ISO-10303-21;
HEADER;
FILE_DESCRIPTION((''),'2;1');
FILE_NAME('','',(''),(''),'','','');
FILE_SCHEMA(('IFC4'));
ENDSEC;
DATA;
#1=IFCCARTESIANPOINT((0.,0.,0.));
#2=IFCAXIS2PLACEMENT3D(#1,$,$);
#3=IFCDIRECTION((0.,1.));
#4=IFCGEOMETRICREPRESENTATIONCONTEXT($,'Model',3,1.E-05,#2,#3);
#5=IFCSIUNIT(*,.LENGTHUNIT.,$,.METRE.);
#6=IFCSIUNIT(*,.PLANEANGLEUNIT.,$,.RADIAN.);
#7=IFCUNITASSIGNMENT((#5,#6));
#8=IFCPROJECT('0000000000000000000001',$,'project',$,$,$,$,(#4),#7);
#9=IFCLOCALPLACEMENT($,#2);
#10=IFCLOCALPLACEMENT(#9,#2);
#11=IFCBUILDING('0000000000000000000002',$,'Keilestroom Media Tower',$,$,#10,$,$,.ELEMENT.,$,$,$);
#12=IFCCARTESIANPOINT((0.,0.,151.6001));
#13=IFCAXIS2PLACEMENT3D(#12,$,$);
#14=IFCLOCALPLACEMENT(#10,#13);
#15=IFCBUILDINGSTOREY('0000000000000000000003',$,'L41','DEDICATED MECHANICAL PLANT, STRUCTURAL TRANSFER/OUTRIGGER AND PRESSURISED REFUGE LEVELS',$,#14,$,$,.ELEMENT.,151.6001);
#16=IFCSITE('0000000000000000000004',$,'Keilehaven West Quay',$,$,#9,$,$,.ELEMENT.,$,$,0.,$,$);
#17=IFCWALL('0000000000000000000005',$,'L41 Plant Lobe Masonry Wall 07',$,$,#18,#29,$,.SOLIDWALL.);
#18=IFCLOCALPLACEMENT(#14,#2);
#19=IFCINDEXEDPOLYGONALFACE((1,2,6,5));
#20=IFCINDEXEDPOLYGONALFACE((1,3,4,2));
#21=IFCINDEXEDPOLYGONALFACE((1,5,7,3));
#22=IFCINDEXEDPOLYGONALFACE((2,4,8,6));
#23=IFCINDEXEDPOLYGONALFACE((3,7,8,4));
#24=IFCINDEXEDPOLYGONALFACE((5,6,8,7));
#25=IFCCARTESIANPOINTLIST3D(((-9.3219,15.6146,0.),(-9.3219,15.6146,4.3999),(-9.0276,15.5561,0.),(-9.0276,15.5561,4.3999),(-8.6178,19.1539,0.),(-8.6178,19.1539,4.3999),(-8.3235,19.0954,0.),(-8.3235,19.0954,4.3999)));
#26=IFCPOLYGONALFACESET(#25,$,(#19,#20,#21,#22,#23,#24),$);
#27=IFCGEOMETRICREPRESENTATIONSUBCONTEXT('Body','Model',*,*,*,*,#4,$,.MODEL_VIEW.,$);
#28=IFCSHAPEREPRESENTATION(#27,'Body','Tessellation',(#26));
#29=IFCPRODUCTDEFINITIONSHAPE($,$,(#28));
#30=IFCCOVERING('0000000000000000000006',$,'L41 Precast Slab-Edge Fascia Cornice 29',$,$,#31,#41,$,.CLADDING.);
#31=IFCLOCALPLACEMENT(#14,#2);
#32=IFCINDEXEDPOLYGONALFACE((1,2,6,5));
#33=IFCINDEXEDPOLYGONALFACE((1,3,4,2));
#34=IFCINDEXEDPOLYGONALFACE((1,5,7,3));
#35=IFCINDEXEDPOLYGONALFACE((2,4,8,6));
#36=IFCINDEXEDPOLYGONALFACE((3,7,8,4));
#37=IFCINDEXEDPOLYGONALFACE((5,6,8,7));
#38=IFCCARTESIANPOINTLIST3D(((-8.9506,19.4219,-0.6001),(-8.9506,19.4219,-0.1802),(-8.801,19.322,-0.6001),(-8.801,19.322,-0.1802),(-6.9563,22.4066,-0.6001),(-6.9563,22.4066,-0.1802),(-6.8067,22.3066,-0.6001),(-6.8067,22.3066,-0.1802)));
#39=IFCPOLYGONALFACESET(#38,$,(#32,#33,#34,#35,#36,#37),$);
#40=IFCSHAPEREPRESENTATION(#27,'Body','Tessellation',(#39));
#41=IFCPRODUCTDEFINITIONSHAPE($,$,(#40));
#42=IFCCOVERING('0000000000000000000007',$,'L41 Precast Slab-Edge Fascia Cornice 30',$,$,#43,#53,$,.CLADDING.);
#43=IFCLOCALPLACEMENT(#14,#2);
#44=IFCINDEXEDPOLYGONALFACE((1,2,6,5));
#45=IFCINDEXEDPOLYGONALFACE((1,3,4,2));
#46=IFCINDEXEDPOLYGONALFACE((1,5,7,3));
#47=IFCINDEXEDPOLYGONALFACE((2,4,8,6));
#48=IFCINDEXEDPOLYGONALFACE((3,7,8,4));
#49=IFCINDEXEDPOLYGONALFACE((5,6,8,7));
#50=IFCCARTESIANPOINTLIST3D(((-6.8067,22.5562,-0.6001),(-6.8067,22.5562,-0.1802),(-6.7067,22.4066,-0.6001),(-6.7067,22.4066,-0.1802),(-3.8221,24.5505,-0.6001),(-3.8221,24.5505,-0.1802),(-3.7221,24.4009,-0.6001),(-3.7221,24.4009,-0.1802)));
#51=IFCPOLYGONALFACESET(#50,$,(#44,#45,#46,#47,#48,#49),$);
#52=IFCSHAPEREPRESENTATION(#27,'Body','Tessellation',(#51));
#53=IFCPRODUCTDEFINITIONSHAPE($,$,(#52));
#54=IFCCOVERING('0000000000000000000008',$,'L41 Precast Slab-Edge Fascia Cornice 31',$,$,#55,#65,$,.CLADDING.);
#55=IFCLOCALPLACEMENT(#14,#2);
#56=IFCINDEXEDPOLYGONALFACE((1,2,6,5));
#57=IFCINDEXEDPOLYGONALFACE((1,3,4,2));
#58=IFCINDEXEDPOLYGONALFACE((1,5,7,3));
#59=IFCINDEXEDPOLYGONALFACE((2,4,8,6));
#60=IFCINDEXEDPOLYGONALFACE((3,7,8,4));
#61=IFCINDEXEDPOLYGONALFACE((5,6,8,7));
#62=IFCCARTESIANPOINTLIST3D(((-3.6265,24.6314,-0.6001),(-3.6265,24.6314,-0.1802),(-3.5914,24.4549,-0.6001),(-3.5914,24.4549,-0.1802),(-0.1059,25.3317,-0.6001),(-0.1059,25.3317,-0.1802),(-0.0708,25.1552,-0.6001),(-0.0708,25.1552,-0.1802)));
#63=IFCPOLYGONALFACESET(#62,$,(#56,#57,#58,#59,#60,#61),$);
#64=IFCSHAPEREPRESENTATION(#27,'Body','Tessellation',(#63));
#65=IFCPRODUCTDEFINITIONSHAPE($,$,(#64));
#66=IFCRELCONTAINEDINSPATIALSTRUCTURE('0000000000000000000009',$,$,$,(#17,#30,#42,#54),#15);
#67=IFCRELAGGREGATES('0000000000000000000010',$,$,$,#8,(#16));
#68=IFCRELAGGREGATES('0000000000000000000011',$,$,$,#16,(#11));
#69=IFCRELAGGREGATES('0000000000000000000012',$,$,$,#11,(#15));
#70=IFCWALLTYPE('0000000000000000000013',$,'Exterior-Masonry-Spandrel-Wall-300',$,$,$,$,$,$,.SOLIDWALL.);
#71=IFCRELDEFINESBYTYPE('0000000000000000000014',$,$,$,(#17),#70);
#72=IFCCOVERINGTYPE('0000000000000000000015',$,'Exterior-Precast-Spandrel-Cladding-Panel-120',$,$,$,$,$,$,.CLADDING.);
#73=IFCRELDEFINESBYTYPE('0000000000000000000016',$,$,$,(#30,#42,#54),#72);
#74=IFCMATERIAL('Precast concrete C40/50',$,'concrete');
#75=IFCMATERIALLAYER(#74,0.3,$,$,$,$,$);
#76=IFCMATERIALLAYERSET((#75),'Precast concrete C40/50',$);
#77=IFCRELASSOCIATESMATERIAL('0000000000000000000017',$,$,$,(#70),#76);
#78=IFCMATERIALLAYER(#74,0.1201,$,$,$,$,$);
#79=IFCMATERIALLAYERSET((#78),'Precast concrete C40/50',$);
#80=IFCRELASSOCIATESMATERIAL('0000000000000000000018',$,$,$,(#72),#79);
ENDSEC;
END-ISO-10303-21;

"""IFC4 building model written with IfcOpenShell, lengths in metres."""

from ifc_helpers import new_model, si_unit, direction, frame, frame_2d, origin, origin_2d, place, context, subcontext, project, spatial, rectangle, extrude, source, transform, mapped, material, layer, layer_set, type_object, element, save


model = new_model("IFC4")

# Units and contexts
model_context = context("Model", 3, precision=1e-05, world=origin(), true_north=direction((0.0, 1.0)))
body_context = subcontext(model_context, "Body", "Model", "MODEL_VIEW")
ifc_project = project(units=[si_unit("LENGTHUNIT", "METRE"), si_unit("PLANEANGLEUNIT", "RADIAN")], contexts=[model_context])

# Site, building, storey
site_placement = place(None, origin())
site = spatial("IfcSite", under=ifc_project, at=site_placement, Name="Keilehaven West Quay", CompositionType="ELEMENT", RefElevation=0.0)
building_placement = place(site_placement, origin())
building = spatial("IfcBuilding", under=site, at=building_placement, Name="Keilestroom Media Tower", CompositionType="ELEMENT")
storey_placement = place(building_placement, frame((0.0, 0.0, 151.6001)))
storey = spatial("IfcBuildingStorey", under=building, at=storey_placement, Name="L41", Description="DEDICATED MECHANICAL PLANT, STRUCTURAL TRANSFER/OUTRIGGER AND PRESSURISED REFUGE LEVELS", CompositionType="ELEMENT", Elevation=151.6001)

# Wall
ifc_material_1 = material(Name="Precast concrete C40/50", Category="concrete")
ifc_layer_1 = layer(ifc_material_1, 0.3)
ifc_layer_set_1 = layer_set([ifc_layer_1], Name="Precast concrete C40/50")
wall_type = type_object("IfcWallType", Name="Exterior-Masonry-Spandrel-Wall-300", PredefinedType="SOLIDWALL", material=ifc_layer_set_1)
for number, where, z_axis, x_axis, name in (
    (1, (-8.4707, 19.1245, 0.0), (0.0, 0.0, 1.0), (-0.195114, -0.980781, 0.0), "L41 Plant Lobe Masonry Wall 07"),
):
    element("IfcWall", number, at=place(storey_placement, frame(where, z_axis=z_axis, x_axis=x_axis)), inside=storey, type_object=wall_type, Name=name, PredefinedType="SOLIDWALL", context=body_context, shape_type="SweptSolid", body=[
        extrude(rectangle(XDim=3.6086, YDim=0.3, at=frame_2d((1.8042, 0.0))), origin(), (0.0, 0.0, 1.0), 4.3999),
    ])

# Coverings
ifc_layer_2 = layer(ifc_material_1, 0.1201)
ifc_layer_set_2 = layer_set([ifc_layer_2], Name="Precast concrete C40/50")
covering_type = type_object("IfcCoveringType", Name="Exterior-Precast-Spandrel-Cladding-Panel-120", PredefinedType="CLADDING", material=ifc_layer_set_2)
shared_shape_1 = source(origin(), body_context, "Body", "SweptSolid", [
    extrude(rectangle(XDim=3.5896, YDim=0.1799, at=origin_2d()), origin(), (0.0, 0.0, 1.0), 0.4199),
])
for number, where, z_axis, x_axis, name in (
    (2, (-7.8787, 20.8643, -0.6001), (0.0, 0.0, 1.0), (0.555575, 0.831467, 0.0), "L41 Precast Slab-Edge Fascia Cornice 29"),
    (3, (-5.2644, 23.4785, -0.6001), (0.0, 0.0, 1.0), (0.831467, 0.555575, 0.0), "L41 Precast Slab-Edge Fascia Cornice 30"),
    (4, (-1.8486, 24.8933, -0.6001), (0.0, 0.0, 1.0), (0.980784, 0.195099, 0.0), "L41 Precast Slab-Edge Fascia Cornice 31"),
):
    element("IfcCovering", number, at=place(storey_placement, frame(where, z_axis=z_axis, x_axis=x_axis)), inside=storey, type_object=covering_type, Name=name, PredefinedType="CLADDING", context=body_context, shape_type="MappedRepresentation", body=[
        mapped(shared_shape_1, transform((0.0, 0.0, 0.0), x_axis=(1.0, 0.0, 0.0), y_axis=(0.0, 1.0, 0.0), z_axis=(0.0, 0.0, 1.0), scale=1.0)),
    ])

save(model, "model.ifc")
